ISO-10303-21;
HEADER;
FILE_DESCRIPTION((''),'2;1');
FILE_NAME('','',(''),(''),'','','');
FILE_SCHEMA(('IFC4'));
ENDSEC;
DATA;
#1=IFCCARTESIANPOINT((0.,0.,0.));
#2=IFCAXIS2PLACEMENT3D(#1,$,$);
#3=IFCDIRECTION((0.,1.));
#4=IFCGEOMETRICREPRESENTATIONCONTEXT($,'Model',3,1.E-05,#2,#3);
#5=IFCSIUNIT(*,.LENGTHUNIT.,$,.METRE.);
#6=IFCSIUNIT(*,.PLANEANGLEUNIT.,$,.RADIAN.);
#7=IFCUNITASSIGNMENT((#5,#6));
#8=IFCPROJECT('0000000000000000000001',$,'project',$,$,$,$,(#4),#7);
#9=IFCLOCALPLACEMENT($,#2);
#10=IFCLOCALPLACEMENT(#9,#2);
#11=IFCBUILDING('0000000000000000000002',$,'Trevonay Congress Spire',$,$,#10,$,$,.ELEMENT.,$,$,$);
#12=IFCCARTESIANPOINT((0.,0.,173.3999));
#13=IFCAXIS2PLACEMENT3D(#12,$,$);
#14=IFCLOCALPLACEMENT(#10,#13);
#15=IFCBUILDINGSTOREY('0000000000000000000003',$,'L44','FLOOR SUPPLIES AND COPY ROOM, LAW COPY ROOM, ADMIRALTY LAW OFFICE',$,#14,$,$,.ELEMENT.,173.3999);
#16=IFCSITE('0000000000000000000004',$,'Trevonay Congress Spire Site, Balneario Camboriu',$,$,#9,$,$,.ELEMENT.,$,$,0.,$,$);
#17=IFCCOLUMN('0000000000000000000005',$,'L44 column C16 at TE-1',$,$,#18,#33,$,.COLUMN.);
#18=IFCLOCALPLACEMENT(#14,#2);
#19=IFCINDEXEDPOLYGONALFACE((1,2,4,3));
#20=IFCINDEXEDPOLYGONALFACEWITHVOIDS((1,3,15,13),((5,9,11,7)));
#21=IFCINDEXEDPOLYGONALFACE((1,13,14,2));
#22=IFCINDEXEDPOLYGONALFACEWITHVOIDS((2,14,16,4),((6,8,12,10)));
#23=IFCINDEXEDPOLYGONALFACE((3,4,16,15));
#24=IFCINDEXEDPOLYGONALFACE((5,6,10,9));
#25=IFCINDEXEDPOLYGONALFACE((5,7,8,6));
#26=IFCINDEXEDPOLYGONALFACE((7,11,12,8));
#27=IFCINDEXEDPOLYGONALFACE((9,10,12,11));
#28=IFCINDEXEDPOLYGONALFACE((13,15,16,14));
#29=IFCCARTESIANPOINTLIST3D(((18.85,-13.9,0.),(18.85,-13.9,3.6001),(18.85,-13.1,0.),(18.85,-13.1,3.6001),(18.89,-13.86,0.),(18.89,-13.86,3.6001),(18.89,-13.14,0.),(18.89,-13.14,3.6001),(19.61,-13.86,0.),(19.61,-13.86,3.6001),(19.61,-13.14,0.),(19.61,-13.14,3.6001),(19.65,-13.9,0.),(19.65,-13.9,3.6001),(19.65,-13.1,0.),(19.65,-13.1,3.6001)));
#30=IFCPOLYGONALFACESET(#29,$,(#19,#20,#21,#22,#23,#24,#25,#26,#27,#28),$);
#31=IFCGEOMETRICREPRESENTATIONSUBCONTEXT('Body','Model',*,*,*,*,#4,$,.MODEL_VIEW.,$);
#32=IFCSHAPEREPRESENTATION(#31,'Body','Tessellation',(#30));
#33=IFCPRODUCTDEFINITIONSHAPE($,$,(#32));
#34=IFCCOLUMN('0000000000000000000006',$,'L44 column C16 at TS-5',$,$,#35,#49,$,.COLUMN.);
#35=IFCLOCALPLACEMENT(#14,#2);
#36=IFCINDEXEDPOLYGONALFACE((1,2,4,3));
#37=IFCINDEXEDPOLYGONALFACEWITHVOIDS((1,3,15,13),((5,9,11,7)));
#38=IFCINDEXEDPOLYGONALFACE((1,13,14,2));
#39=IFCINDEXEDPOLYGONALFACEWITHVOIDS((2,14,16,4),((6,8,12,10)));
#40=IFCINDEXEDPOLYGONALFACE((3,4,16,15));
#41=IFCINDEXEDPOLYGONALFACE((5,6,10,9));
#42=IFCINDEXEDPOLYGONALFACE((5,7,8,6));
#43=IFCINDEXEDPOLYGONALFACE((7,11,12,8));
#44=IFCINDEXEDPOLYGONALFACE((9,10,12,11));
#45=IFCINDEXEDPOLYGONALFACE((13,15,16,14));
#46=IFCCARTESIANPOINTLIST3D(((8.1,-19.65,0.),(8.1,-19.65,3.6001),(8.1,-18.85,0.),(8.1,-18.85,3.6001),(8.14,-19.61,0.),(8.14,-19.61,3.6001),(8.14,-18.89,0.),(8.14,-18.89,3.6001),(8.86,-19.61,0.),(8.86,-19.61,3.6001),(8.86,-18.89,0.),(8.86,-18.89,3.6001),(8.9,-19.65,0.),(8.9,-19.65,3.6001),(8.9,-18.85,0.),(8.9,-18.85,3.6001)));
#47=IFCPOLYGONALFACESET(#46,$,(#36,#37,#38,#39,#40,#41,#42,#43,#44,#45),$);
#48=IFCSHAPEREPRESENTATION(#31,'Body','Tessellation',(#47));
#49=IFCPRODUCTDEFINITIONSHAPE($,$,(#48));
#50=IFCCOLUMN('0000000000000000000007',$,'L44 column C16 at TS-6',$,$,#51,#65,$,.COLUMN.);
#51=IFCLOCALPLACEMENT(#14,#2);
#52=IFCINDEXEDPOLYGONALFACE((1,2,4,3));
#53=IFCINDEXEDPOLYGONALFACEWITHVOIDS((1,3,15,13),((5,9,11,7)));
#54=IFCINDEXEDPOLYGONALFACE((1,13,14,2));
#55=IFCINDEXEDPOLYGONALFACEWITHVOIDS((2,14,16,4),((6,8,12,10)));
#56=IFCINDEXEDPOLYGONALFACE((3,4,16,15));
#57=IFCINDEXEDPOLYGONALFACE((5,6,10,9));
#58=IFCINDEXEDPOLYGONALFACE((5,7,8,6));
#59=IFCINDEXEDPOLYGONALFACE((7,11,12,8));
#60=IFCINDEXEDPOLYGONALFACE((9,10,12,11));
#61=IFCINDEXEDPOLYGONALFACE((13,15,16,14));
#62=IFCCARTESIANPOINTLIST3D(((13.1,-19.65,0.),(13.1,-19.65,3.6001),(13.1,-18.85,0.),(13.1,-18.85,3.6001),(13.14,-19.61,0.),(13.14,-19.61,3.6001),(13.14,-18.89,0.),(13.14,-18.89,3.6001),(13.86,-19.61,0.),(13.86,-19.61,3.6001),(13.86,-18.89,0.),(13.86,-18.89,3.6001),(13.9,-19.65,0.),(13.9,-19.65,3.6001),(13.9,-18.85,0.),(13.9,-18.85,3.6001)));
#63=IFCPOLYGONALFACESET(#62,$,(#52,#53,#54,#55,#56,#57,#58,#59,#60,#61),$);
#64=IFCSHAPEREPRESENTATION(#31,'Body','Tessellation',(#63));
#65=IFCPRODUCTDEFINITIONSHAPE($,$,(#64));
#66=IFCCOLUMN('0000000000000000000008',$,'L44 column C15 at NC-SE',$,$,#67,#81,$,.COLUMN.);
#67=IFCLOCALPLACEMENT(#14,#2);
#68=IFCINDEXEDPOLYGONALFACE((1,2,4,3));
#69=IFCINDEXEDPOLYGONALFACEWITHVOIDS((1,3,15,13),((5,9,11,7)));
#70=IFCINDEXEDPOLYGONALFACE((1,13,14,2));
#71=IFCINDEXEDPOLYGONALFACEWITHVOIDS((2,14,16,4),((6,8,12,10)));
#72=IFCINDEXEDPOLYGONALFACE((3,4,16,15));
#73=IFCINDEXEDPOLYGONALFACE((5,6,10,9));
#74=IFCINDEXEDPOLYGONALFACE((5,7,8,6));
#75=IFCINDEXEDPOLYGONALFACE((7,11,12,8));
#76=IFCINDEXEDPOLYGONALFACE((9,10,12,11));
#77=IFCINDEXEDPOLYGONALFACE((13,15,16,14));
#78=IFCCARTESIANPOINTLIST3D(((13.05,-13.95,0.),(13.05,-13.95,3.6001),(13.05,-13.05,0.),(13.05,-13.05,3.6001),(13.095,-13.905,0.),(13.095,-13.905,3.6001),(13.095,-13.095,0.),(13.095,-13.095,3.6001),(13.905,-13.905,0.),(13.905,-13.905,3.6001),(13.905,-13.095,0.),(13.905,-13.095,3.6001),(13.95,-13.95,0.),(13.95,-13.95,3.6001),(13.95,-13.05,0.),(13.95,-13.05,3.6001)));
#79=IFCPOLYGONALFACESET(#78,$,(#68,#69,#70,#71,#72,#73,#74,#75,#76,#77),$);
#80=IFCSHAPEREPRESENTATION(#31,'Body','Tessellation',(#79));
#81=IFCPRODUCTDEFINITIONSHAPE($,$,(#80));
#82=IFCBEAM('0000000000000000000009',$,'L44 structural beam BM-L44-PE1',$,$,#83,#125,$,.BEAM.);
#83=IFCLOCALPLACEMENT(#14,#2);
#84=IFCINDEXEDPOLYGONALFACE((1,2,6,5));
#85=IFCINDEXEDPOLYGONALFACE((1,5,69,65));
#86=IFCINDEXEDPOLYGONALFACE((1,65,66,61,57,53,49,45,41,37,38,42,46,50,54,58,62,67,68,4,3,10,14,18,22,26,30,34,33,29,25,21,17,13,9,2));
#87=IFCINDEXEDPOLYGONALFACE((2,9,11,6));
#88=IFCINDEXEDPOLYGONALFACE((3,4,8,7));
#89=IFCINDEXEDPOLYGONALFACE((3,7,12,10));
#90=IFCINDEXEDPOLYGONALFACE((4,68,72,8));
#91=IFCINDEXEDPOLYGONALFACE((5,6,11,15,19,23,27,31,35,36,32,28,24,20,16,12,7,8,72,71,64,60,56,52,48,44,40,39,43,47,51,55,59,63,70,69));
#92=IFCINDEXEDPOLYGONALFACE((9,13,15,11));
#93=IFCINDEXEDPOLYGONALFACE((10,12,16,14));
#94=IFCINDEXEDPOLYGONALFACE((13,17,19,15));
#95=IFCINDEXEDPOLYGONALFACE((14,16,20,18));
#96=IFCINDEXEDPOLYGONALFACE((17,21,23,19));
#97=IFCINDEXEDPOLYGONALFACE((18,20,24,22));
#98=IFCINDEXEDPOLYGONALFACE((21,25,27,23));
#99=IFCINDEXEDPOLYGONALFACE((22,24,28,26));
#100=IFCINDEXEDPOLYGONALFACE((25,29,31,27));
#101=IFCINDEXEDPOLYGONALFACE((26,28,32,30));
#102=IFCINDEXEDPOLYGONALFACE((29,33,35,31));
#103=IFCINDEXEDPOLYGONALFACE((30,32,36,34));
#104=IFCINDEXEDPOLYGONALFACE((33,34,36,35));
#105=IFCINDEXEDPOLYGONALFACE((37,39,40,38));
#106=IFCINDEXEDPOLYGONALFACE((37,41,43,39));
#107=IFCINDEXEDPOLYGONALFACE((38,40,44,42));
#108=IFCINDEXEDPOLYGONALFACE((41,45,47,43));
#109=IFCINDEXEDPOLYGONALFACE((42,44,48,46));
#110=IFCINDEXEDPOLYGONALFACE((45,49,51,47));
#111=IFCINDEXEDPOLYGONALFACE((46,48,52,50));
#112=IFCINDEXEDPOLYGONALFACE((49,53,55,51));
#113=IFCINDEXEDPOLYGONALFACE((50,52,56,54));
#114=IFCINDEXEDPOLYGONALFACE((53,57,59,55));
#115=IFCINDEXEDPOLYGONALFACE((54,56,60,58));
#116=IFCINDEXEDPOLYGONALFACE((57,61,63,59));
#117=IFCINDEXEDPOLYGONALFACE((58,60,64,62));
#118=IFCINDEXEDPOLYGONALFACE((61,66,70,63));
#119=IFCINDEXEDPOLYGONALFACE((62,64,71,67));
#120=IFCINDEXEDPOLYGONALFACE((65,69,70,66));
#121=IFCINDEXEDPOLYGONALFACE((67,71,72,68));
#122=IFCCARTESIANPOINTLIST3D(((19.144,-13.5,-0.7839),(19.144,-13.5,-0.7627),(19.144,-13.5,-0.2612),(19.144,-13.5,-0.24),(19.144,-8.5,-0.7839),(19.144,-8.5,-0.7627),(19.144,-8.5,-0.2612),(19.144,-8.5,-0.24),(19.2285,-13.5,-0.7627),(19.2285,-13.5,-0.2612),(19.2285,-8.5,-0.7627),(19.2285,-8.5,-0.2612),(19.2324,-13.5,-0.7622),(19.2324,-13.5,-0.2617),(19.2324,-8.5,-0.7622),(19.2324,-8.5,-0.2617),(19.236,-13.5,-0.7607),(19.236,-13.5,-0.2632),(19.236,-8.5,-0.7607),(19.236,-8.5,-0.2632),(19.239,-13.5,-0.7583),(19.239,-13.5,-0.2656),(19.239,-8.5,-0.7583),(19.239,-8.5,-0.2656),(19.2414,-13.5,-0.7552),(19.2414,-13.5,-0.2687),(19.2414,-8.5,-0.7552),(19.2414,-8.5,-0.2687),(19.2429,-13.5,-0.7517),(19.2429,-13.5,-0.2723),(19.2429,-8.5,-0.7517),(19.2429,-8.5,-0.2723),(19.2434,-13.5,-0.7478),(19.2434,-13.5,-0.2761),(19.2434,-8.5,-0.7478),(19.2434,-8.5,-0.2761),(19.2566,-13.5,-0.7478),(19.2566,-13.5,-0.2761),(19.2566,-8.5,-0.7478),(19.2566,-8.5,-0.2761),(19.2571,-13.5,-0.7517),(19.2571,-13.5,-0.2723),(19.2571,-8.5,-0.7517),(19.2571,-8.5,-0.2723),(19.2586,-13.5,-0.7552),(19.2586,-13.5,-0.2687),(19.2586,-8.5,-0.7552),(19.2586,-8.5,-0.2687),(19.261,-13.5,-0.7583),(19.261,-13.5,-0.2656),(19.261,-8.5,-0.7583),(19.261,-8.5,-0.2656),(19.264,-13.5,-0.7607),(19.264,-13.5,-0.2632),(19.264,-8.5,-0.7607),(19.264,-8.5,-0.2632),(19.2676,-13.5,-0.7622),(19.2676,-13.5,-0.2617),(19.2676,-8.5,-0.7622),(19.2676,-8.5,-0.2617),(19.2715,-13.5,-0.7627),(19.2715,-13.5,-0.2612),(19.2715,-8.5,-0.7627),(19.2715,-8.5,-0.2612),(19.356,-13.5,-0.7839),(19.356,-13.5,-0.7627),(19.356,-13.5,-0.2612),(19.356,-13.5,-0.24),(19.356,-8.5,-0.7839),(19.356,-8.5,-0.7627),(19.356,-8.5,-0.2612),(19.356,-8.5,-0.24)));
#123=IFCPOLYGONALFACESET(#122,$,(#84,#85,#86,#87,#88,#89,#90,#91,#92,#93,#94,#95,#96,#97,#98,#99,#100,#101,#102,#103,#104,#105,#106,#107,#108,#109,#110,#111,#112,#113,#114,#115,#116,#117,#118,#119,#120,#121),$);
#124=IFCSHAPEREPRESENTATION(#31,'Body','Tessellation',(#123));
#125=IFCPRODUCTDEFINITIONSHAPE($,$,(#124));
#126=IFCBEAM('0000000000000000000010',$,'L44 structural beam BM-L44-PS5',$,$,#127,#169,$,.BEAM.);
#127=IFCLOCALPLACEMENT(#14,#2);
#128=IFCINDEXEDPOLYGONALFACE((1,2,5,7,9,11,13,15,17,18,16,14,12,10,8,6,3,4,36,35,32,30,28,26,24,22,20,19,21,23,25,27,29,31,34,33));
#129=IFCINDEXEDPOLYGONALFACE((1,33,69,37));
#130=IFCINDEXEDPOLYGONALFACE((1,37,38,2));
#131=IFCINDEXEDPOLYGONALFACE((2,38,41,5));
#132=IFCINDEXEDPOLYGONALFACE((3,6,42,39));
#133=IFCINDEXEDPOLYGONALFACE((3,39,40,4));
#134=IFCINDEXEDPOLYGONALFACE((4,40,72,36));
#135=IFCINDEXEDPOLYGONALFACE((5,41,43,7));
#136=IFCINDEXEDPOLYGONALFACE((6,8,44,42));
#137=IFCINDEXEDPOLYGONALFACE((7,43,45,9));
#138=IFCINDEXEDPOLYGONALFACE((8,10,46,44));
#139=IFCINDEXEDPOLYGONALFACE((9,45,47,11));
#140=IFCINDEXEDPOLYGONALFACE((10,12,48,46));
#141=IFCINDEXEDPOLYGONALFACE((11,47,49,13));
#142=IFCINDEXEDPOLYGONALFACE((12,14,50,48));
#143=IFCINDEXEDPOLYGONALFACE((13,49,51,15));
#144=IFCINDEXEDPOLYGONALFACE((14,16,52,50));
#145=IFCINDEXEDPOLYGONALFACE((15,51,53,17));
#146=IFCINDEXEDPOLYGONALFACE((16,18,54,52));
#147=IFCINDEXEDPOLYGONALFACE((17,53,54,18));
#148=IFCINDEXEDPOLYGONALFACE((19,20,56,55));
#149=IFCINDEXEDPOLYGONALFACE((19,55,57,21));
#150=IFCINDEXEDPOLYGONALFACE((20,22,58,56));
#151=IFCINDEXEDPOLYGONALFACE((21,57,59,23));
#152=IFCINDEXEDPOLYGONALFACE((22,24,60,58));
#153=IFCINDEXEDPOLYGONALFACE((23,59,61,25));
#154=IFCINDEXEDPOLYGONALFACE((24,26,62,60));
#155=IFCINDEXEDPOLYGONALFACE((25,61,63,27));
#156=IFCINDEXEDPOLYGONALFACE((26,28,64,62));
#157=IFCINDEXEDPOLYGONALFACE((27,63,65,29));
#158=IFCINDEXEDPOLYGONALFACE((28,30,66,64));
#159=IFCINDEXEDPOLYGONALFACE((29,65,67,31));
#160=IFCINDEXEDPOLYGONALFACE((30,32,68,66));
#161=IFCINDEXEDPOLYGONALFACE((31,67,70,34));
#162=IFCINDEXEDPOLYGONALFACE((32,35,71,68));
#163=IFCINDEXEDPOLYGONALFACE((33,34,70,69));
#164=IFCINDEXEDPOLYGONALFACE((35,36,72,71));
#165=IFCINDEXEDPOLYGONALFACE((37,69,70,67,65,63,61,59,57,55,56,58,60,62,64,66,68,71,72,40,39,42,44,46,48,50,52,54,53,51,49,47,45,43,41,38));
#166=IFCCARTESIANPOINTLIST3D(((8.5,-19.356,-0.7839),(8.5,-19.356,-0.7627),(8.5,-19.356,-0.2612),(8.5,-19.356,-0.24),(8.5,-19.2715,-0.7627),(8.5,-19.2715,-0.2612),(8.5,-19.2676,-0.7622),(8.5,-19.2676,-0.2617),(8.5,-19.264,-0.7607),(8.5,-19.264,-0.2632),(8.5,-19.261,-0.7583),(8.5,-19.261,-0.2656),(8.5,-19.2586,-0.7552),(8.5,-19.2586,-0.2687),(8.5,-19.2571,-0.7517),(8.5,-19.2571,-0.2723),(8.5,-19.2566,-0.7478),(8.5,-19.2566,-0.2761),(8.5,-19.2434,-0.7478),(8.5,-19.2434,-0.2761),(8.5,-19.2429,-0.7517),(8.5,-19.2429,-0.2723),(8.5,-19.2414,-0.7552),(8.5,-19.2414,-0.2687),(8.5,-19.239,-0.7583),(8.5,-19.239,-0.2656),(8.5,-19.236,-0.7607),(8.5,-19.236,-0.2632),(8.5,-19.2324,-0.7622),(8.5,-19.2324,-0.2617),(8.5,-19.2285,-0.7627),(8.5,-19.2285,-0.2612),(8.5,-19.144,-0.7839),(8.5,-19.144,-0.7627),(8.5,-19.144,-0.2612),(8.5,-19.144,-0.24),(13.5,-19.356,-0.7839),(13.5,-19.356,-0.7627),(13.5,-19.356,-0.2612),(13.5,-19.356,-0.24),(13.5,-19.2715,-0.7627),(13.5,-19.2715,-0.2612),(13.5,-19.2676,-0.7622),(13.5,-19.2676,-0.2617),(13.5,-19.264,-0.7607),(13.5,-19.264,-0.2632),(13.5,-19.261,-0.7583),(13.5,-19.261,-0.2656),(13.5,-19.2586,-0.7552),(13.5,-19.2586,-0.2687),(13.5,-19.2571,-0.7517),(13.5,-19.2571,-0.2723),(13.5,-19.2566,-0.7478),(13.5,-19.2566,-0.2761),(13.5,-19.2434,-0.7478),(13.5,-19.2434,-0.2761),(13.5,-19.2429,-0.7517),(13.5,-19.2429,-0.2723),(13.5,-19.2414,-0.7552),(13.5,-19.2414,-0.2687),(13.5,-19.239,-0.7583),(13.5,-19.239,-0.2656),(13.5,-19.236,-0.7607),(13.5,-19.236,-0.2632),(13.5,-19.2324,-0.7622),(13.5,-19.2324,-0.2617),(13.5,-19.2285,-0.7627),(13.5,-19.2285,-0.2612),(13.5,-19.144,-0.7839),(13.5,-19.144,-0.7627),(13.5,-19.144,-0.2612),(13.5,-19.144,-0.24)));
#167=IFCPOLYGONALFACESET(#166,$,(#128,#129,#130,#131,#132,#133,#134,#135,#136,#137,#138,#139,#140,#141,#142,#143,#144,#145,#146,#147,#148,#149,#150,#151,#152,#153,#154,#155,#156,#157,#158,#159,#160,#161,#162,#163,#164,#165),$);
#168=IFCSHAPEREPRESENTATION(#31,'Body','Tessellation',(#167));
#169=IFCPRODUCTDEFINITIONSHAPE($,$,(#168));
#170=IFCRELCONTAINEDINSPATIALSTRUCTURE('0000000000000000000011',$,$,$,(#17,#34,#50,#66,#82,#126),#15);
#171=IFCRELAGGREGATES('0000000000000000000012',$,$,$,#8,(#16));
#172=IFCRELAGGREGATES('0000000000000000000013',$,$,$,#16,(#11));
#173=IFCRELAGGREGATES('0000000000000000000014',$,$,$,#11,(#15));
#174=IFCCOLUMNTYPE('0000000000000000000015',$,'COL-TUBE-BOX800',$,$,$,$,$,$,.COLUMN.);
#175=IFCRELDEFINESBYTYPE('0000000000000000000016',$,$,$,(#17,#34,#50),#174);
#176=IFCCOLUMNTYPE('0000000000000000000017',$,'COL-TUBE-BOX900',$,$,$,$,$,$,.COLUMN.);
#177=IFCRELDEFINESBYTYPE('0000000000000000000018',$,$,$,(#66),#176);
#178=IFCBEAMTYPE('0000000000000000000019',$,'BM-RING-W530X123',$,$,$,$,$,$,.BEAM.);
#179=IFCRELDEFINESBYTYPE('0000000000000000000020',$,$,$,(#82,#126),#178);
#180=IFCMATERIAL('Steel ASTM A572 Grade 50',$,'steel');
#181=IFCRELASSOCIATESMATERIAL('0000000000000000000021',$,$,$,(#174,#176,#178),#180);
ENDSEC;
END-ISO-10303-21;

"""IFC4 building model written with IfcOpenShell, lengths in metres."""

from ifc_helpers import new_model, si_unit, direction, frame, origin, origin_2d, place, context, subcontext, project, spatial, hollow_rectangle, i_section, extrude, material, material_profile, profile_set, type_object, element, save


model = new_model("IFC4")

# Units and contexts
model_context = context("Model", 3, precision=1e-05, world=origin(), true_north=direction((0.0, 1.0)))
body_context = subcontext(model_context, "Body", "Model", "MODEL_VIEW")
ifc_project = project(units=[si_unit("LENGTHUNIT", "METRE"), si_unit("PLANEANGLEUNIT", "RADIAN")], contexts=[model_context])

# Site, building, storey
site_placement = place(None, origin())
site = spatial("IfcSite", under=ifc_project, at=site_placement, Name="Trevonay Congress Spire Site, Balneario Camboriu", CompositionType="ELEMENT", RefElevation=0.0)
building_placement = place(site_placement, origin())
building = spatial("IfcBuilding", under=site, at=building_placement, Name="Trevonay Congress Spire", CompositionType="ELEMENT")
storey_placement = place(building_placement, frame((0.0, 0.0, 173.3999)))
storey = spatial("IfcBuildingStorey", under=building, at=storey_placement, Name="L44", Description="FLOOR SUPPLIES AND COPY ROOM, LAW COPY ROOM, ADMIRALTY LAW OFFICE", CompositionType="ELEMENT", Elevation=173.3999)

# Columns
ifc_material_1 = material(Name="Steel ASTM A572 Grade 50", Category="steel")
ifc_material_profile_1 = material_profile(ifc_material_1, hollow_rectangle(XDim=0.8, YDim=0.8, WallThickness=0.04, at=origin_2d()), Name="BOX 800x800x40")
ifc_profile_set_1 = profile_set([ifc_material_profile_1], Name="Steel ASTM A572 Grade 50")
column_type_1 = type_object("IfcColumnType", Name="COL-TUBE-BOX800", PredefinedType="COLUMN", material=ifc_profile_set_1)
for number, where, z_axis, x_axis, name in (
    (1, (19.25, -13.5, 0.0), (0.0, 0.0, 1.0), (1.0, 0.0, 0.0), "L44 column C16 at TE-1"),
    (2, (8.5, -19.25, 0.0), (0.0, 0.0, 1.0), (1.0, 0.0, 0.0), "L44 column C16 at TS-5"),
    (3, (13.5, -19.25, 0.0), (0.0, 0.0, 1.0), (1.0, 0.0, 0.0), "L44 column C16 at TS-6"),
):
    element("IfcColumn", number, at=place(storey_placement, frame(where, z_axis=z_axis, x_axis=x_axis)), inside=storey, type_object=column_type_1, Name=name, PredefinedType="COLUMN", context=body_context, shape_type="SweptSolid", body=[
        extrude(hollow_rectangle(XDim=0.8, YDim=0.8, WallThickness=0.04, at=origin_2d()), origin(), (0.0, 0.0, 1.0), 3.6001),
    ])
ifc_material_profile_2 = material_profile(ifc_material_1, hollow_rectangle(XDim=0.8999, YDim=0.8999, WallThickness=0.0449, at=origin_2d()), Name="BOX 900x900x45")
ifc_profile_set_2 = profile_set([ifc_material_profile_2], Name="Steel ASTM A572 Grade 50")
column_type_2 = type_object("IfcColumnType", Name="COL-TUBE-BOX900", PredefinedType="COLUMN", material=ifc_profile_set_2)
column_placement = place(storey_placement, frame((13.5, -13.5, 0.0), z_axis=(0.0, 0.0, 1.0), x_axis=(1.0, 0.0, 0.0)))
element("IfcColumn", 4, at=column_placement, inside=storey, type_object=column_type_2, Name="L44 column C15 at NC-SE", PredefinedType="COLUMN", context=body_context, shape_type="SweptSolid", body=[
    extrude(hollow_rectangle(XDim=0.8999, YDim=0.8999, WallThickness=0.0449, at=origin_2d()), origin(), (0.0, 0.0, 1.0), 3.6001),
])

# Beams
ifc_material_profile_3 = material_profile(ifc_material_1, i_section(OverallWidth=0.2119, OverallDepth=0.5439, WebThickness=0.0132, FlangeThickness=0.0212, FilletRadius=0.0149, at=origin_2d()), Name="W530x123")
ifc_profile_set_3 = profile_set([ifc_material_profile_3], Name="Steel ASTM A572 Grade 50")
beam_type_1 = type_object("IfcBeamType", Name="BM-RING-W530X123", PredefinedType="BEAM", material=ifc_profile_set_3)
for number, where, z_axis, x_axis, name in (
    (5, (19.25, -13.5, -0.512), (0.0, 1.0, 0.0), (-1.0, 0.0, 0.0), "L44 structural beam BM-L44-PE1"),
    (6, (8.5, -19.25, -0.512), (1.0, 0.0, 0.0), (0.0, 1.0, 0.0), "L44 structural beam BM-L44-PS5"),
):
    element("IfcBeam", number, at=place(storey_placement, frame(where, z_axis=z_axis, x_axis=x_axis)), inside=storey, type_object=beam_type_1, Name=name, PredefinedType="BEAM", context=body_context, shape_type="SweptSolid", body=[
        extrude(i_section(OverallWidth=0.2119, OverallDepth=0.5439, WebThickness=0.0132, FlangeThickness=0.0212, FilletRadius=0.0149, at=origin_2d()), origin(), (0.0, 0.0, 1.0), 5.0),
    ])

save(model, "model.ifc")
